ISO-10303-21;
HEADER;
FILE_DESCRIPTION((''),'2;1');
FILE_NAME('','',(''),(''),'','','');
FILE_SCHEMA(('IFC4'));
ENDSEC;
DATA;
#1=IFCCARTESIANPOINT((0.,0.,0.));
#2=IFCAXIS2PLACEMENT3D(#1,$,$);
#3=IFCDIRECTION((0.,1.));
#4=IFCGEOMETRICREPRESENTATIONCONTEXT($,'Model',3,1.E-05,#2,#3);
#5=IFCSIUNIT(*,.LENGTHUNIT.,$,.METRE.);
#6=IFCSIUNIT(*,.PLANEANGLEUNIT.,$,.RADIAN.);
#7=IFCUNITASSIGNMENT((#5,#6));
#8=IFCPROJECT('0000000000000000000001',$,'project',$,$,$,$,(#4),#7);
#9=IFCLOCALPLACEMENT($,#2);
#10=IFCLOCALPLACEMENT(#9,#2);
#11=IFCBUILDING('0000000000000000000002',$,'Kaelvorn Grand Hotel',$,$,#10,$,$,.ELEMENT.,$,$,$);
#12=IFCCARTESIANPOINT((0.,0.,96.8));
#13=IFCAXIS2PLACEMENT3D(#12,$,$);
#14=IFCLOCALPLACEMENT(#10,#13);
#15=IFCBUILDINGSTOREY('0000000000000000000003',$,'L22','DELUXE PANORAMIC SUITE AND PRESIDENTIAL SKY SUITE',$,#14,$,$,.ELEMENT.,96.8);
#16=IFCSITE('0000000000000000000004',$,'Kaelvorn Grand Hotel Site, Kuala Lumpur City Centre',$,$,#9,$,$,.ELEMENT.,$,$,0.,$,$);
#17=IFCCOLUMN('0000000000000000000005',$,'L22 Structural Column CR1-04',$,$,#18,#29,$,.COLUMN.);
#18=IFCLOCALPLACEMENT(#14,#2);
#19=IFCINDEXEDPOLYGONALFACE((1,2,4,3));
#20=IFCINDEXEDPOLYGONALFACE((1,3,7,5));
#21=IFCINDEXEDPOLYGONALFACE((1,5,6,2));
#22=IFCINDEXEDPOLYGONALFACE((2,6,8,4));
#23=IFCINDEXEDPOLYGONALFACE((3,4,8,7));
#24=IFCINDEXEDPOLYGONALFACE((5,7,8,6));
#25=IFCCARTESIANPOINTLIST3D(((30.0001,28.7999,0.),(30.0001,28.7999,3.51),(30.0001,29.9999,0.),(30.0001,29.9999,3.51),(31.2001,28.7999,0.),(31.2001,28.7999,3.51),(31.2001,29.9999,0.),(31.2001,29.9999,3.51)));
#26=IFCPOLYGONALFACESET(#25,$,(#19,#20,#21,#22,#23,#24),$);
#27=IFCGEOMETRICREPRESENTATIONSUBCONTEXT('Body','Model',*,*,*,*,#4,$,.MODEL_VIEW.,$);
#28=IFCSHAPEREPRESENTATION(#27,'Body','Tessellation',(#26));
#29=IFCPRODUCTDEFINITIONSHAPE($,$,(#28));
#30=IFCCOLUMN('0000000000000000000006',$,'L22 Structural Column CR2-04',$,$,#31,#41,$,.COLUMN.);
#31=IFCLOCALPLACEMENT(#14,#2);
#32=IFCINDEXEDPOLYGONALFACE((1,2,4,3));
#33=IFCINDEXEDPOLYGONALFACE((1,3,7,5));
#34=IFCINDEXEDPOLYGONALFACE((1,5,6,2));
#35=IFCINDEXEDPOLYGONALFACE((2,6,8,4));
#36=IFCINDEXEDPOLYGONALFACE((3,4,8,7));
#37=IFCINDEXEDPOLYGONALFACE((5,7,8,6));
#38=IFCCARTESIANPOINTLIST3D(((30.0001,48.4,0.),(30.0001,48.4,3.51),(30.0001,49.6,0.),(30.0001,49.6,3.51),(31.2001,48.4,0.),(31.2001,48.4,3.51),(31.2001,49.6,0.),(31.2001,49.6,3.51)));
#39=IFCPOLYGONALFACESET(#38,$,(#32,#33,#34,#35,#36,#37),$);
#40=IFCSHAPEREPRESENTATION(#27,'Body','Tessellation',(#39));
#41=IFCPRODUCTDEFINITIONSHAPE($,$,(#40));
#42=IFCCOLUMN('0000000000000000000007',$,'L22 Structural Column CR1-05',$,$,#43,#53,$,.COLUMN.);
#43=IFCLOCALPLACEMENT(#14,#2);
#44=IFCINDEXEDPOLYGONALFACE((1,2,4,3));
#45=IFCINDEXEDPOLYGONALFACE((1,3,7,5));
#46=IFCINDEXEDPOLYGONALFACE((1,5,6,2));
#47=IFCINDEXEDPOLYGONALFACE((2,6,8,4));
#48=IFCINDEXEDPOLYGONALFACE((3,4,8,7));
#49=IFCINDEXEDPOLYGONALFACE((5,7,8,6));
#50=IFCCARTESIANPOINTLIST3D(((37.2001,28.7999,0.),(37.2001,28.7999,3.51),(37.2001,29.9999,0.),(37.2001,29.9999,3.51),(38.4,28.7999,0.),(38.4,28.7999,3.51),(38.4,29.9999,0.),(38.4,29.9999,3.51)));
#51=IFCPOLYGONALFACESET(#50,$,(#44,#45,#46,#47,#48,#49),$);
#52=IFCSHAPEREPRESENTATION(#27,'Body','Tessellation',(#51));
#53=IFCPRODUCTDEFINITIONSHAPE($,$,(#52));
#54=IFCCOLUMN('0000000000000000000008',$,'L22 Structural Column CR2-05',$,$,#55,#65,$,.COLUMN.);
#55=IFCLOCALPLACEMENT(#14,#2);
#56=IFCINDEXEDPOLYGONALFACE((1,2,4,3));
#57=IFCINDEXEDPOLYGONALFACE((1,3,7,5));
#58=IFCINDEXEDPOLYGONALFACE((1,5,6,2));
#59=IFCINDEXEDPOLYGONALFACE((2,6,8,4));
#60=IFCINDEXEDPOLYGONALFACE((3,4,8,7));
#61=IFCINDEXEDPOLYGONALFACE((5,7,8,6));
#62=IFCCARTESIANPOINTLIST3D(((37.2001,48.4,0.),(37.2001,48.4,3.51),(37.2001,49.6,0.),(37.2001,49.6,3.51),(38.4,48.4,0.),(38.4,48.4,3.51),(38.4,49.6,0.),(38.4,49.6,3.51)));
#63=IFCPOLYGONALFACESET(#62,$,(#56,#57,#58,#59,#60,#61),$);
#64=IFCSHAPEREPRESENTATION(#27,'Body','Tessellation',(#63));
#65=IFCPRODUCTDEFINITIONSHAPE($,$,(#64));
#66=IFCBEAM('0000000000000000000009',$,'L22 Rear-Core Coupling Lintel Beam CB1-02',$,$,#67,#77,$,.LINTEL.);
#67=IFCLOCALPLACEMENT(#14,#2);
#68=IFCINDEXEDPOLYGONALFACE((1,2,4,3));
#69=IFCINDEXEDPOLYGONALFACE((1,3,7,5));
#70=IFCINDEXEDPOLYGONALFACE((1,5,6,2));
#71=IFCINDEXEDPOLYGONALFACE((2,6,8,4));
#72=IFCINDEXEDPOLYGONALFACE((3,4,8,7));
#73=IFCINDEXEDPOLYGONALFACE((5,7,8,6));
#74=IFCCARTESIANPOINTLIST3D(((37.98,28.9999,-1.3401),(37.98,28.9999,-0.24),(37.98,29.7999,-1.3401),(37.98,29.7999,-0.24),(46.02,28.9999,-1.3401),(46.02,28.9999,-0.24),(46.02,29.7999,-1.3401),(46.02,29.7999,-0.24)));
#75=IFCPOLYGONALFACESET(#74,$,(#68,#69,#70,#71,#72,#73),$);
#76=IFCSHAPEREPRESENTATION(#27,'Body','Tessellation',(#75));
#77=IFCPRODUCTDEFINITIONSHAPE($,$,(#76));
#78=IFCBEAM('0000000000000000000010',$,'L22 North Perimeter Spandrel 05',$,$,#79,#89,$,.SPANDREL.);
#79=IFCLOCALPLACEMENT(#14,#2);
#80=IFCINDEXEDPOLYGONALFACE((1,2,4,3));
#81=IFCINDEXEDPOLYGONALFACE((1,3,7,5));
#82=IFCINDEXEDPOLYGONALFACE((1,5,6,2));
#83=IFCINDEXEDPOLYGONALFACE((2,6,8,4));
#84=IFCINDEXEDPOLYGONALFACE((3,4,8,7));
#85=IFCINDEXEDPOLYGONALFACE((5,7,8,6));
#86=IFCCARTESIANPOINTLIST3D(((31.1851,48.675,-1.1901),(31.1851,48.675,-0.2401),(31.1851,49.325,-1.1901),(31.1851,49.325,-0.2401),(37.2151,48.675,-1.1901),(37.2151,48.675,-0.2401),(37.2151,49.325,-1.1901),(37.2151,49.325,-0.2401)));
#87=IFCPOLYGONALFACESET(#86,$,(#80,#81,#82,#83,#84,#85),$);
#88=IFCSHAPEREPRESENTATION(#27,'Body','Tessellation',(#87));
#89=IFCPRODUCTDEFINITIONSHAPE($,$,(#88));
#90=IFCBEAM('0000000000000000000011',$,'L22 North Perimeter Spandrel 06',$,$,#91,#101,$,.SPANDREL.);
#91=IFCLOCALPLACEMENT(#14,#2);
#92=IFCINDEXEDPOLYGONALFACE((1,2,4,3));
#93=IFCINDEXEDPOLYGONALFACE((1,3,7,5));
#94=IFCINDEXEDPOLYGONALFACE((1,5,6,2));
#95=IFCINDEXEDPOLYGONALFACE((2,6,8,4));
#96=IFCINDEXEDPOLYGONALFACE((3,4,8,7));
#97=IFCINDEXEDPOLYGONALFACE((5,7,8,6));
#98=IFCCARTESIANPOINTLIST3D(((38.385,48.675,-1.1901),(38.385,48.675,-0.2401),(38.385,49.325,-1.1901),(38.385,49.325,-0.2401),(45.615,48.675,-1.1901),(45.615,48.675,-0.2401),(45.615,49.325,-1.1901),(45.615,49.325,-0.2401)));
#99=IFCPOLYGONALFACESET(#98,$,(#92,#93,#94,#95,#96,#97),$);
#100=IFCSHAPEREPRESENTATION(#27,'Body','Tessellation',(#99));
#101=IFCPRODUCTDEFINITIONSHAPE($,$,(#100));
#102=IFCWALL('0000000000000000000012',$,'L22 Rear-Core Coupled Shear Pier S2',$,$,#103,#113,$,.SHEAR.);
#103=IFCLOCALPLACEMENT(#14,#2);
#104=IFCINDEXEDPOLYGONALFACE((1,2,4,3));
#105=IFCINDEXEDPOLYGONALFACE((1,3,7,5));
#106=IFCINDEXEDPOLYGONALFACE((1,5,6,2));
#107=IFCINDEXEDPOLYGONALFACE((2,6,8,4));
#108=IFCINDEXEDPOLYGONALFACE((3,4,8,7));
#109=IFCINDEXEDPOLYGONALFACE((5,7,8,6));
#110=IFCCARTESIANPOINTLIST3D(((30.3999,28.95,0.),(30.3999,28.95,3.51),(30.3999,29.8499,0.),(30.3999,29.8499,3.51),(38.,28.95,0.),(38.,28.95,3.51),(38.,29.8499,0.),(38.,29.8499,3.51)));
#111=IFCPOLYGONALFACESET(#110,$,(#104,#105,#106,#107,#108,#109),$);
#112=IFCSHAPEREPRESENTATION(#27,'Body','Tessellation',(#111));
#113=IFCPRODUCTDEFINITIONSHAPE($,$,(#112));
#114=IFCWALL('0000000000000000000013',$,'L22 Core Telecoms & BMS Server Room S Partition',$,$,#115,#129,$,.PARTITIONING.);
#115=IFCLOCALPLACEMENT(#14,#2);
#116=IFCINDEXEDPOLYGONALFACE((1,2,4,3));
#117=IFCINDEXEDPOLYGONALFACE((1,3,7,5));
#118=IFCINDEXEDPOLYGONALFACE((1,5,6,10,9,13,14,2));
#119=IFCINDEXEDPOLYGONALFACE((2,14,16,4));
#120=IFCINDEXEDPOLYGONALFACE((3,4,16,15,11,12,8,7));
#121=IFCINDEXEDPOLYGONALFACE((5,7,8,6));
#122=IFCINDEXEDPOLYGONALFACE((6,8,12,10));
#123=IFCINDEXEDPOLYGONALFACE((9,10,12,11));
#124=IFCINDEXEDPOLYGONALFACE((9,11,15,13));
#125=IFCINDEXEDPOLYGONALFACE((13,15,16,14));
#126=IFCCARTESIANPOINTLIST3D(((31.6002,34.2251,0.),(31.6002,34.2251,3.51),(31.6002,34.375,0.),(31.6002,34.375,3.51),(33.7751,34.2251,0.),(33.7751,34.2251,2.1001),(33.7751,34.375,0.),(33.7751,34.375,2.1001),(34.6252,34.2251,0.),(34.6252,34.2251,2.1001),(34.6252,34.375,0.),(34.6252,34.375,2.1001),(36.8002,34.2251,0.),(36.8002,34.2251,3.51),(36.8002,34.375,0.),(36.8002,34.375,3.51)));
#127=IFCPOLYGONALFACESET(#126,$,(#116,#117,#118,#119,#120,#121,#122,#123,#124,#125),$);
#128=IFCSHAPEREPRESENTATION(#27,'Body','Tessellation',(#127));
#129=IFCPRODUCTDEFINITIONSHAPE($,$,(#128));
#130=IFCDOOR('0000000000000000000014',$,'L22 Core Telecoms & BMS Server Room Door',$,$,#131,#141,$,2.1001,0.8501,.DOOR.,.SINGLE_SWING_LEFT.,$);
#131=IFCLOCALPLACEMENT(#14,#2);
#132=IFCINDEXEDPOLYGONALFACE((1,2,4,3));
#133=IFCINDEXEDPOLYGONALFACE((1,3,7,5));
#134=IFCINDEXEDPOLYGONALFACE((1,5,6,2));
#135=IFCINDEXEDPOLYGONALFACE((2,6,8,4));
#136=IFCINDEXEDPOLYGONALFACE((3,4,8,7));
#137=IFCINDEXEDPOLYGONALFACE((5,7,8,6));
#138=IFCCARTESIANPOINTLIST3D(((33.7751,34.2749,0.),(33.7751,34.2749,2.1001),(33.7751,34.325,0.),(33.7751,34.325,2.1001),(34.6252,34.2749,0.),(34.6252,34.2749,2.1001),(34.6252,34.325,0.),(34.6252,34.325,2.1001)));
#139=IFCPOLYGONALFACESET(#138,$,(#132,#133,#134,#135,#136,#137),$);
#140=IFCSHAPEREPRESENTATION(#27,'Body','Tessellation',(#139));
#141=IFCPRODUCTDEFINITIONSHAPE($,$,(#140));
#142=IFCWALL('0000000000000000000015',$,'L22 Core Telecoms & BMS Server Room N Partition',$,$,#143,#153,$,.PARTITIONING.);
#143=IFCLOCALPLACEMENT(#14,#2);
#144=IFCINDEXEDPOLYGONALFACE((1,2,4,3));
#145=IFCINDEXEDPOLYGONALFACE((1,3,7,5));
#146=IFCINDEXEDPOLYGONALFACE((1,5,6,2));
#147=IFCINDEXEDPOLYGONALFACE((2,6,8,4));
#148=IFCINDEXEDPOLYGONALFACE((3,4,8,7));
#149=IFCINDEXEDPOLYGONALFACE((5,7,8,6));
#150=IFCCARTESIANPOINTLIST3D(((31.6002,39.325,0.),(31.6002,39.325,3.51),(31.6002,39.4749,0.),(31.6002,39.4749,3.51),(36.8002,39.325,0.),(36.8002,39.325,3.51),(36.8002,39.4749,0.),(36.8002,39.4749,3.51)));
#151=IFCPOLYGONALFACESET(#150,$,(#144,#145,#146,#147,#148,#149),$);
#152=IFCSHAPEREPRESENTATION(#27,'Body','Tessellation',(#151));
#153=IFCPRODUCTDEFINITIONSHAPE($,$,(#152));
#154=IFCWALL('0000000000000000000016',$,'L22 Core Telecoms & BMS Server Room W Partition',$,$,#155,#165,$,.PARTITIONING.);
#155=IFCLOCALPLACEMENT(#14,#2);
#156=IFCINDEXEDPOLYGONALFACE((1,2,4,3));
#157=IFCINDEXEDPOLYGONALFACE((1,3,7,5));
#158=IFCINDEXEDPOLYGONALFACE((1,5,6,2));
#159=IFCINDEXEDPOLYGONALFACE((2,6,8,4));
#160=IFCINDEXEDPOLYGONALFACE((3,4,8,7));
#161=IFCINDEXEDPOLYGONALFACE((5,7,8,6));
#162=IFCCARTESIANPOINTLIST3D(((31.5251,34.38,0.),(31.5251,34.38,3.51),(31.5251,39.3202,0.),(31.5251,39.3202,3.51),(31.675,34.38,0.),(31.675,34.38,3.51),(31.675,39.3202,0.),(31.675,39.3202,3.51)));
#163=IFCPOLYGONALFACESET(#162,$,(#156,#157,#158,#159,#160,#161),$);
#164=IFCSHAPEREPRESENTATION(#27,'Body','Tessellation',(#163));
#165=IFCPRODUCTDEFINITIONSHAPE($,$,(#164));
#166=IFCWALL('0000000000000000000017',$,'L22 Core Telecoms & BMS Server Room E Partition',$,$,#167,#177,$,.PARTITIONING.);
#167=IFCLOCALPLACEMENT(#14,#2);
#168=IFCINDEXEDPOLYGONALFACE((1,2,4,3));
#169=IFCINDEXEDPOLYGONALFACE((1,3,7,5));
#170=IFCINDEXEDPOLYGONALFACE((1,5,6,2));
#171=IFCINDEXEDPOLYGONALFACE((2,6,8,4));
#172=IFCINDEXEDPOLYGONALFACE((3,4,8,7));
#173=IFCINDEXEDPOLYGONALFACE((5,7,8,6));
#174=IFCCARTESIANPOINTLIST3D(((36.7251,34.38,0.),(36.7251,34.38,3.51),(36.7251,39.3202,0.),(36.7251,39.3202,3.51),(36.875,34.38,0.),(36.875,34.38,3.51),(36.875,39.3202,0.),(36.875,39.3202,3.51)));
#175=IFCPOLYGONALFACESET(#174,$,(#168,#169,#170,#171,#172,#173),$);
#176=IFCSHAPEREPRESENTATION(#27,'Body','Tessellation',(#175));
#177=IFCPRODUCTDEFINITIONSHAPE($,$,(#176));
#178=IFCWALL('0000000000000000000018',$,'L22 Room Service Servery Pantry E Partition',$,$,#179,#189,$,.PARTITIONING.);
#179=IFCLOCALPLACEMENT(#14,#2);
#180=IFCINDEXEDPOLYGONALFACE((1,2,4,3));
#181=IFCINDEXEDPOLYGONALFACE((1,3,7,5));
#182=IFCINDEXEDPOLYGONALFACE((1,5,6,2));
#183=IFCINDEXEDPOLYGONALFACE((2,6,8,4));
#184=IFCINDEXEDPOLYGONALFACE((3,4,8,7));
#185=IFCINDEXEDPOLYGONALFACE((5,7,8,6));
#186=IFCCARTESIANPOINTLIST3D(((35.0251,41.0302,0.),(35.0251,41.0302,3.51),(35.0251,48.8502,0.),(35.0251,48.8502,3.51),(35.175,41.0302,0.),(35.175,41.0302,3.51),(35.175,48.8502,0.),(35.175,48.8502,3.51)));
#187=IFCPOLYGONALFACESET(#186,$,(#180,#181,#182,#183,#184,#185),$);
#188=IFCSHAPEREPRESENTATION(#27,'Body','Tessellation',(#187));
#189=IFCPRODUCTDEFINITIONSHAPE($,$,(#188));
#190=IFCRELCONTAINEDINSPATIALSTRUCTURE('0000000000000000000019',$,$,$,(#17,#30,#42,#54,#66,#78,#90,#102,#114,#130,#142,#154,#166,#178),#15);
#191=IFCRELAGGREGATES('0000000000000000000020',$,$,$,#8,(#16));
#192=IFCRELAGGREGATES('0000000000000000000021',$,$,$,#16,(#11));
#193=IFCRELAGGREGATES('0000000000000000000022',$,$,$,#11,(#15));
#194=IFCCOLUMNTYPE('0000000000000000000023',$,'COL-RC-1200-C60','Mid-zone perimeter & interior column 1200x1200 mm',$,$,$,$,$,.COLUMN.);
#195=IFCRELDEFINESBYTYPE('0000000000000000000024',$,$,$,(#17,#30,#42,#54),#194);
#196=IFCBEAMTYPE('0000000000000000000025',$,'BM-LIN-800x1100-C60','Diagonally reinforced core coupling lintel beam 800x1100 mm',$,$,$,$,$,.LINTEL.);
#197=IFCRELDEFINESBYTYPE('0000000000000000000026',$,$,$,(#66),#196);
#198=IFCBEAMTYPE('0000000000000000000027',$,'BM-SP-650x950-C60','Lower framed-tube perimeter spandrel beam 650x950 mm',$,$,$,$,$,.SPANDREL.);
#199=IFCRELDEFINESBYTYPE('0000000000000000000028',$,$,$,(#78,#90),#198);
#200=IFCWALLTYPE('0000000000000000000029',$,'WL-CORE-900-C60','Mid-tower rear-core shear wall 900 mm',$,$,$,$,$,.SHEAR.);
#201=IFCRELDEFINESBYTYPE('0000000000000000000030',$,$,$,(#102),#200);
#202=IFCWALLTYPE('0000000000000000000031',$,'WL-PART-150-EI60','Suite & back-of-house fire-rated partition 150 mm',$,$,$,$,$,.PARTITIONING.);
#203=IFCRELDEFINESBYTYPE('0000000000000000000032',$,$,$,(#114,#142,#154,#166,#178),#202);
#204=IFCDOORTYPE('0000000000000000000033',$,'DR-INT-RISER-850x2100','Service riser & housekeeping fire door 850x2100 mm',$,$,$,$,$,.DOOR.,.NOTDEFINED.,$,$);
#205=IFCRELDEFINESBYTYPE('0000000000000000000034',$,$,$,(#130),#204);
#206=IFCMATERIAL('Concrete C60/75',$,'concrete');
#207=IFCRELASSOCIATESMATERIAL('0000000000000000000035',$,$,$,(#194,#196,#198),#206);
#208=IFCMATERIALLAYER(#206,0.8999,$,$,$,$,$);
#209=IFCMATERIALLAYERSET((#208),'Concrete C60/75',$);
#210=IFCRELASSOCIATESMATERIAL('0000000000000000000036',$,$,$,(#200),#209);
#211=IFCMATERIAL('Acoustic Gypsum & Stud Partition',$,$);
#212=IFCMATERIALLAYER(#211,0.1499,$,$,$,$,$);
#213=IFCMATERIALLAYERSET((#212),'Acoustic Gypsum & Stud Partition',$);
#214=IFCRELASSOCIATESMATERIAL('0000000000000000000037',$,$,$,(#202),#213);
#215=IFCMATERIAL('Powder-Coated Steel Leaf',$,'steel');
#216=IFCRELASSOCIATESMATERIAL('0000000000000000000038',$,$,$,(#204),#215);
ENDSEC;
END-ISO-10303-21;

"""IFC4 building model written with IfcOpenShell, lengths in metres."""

from ifc_helpers import new_model, si_unit, direction, frame, frame_2d, origin, origin_2d, place, context, subcontext, project, spatial, rectangle, extrude, material, layer, layer_set, material_profile, profile_set, type_object, element, fill, save


model = new_model("IFC4")

# Units and contexts
model_context = context("Model", 3, precision=1e-05, world=origin(), true_north=direction((0.0, 1.0)))
body_context = subcontext(model_context, "Body", "Model", "MODEL_VIEW")
ifc_project = project(units=[si_unit("LENGTHUNIT", "METRE"), si_unit("PLANEANGLEUNIT", "RADIAN")], contexts=[model_context])

# Site, building, storey
site_placement = place(None, origin())
site = spatial("IfcSite", under=ifc_project, at=site_placement, Name="Kaelvorn Grand Hotel Site, Kuala Lumpur City Centre", CompositionType="ELEMENT", RefElevation=0.0)
building_placement = place(site_placement, origin())
building = spatial("IfcBuilding", under=site, at=building_placement, Name="Kaelvorn Grand Hotel", CompositionType="ELEMENT")
storey_placement = place(building_placement, frame((0.0, 0.0, 96.8)))
storey = spatial("IfcBuildingStorey", under=building, at=storey_placement, Name="L22", Description="DELUXE PANORAMIC SUITE AND PRESIDENTIAL SKY SUITE", CompositionType="ELEMENT", Elevation=96.8)

# Columns
ifc_material_1 = material(Name="Concrete C60/75", Category="concrete")
ifc_material_profile_1 = material_profile(ifc_material_1, rectangle(XDim=1.2, YDim=1.2, at=origin_2d()), Name="RC COL 1200x1200")
ifc_profile_set_1 = profile_set([ifc_material_profile_1], Name="Concrete C60/75")
column_type = type_object("IfcColumnType", Name="COL-RC-1200-C60", Description="Mid-zone perimeter & interior column 1200x1200 mm", PredefinedType="COLUMN", material=ifc_profile_set_1)
for number, where, z_axis, x_axis, name in (
    (1, (30.6001, 29.3999, 0.0), (0.0, 0.0, 1.0), (1.0, 0.0, 0.0), "L22 Structural Column CR1-04"),
    (2, (30.6001, 49.0, 0.0), (0.0, 0.0, 1.0), (1.0, 0.0, 0.0), "L22 Structural Column CR2-04"),
    (3, (37.8, 29.3999, 0.0), (0.0, 0.0, 1.0), (1.0, 0.0, 0.0), "L22 Structural Column CR1-05"),
    (4, (37.8, 49.0, 0.0), (0.0, 0.0, 1.0), (1.0, 0.0, 0.0), "L22 Structural Column CR2-05"),
):
    element("IfcColumn", number, at=place(storey_placement, frame(where, z_axis=z_axis, x_axis=x_axis)), inside=storey, type_object=column_type, Name=name, PredefinedType="COLUMN", context=body_context, shape_type="SweptSolid", body=[
        extrude(rectangle(XDim=1.2, YDim=1.2, at=origin_2d()), origin(), (0.0, 0.0, 1.0), 3.51),
    ])

# Beams
ifc_material_profile_2 = material_profile(ifc_material_1, rectangle(XDim=0.8, YDim=1.1001, at=origin_2d()), Name="RC LINTEL 800x1100")
ifc_profile_set_2 = profile_set([ifc_material_profile_2], Name="Concrete C60/75")
beam_type_1 = type_object("IfcBeamType", Name="BM-LIN-800x1100-C60", Description="Diagonally reinforced core coupling lintel beam 800x1100 mm", PredefinedType="LINTEL", material=ifc_profile_set_2)
beam_1_placement = place(storey_placement, frame((37.98, 29.3999, -0.79), z_axis=(1.0, 0.0, 0.0), x_axis=(0.0, 1.0, 0.0)))
element("IfcBeam", 5, at=beam_1_placement, inside=storey, type_object=beam_type_1, Name="L22 Rear-Core Coupling Lintel Beam CB1-02", PredefinedType="LINTEL", context=body_context, shape_type="SweptSolid", body=[
    extrude(rectangle(XDim=0.8, YDim=1.1001, at=origin_2d()), origin(), (0.0, 0.0, 1.0), 8.04),
])
ifc_material_profile_3 = material_profile(ifc_material_1, rectangle(XDim=0.6499, YDim=0.95, at=origin_2d()), Name="RC SPANDREL 650x950")
ifc_profile_set_3 = profile_set([ifc_material_profile_3], Name="Concrete C60/75")
beam_type_2 = type_object("IfcBeamType", Name="BM-SP-650x950-C60", Description="Lower framed-tube perimeter spandrel beam 650x950 mm", PredefinedType="SPANDREL", material=ifc_profile_set_3)
beam_2_placement = place(storey_placement, frame((31.1851, 49.0, -0.7151), z_axis=(1.0, 0.0, 0.0), x_axis=(0.0, 1.0, 0.0)))
element("IfcBeam", 6, at=beam_2_placement, inside=storey, type_object=beam_type_2, Name="L22 North Perimeter Spandrel 05", PredefinedType="SPANDREL", context=body_context, shape_type="SweptSolid", body=[
    extrude(rectangle(XDim=0.6499, YDim=0.95, at=origin_2d()), origin(), (0.0, 0.0, 1.0), 6.03),
])
beam_3_placement = place(storey_placement, frame((38.385, 49.0, -0.7151), z_axis=(1.0, 0.0, 0.0), x_axis=(0.0, 1.0, 0.0)))
element("IfcBeam", 7, at=beam_3_placement, inside=storey, type_object=beam_type_2, Name="L22 North Perimeter Spandrel 06", PredefinedType="SPANDREL", context=body_context, shape_type="SweptSolid", body=[
    extrude(rectangle(XDim=0.6499, YDim=0.95, at=origin_2d()), origin(), (0.0, 0.0, 1.0), 7.23),
])

# Wall
ifc_layer_1 = layer(ifc_material_1, 0.8999)
ifc_layer_set_1 = layer_set([ifc_layer_1], Name="Concrete C60/75")
wall_type_1 = type_object("IfcWallType", Name="WL-CORE-900-C60", Description="Mid-tower rear-core shear wall 900 mm", PredefinedType="SHEAR", material=ifc_layer_set_1)
wall_1_placement = place(storey_placement, frame((30.3999, 29.3999, 0.0), z_axis=(0.0, 0.0, 1.0), x_axis=(1.0, 0.0, 0.0)))
element("IfcWall", 8, at=wall_1_placement, inside=storey, type_object=wall_type_1, Name="L22 Rear-Core Coupled Shear Pier S2", PredefinedType="SHEAR", context=body_context, shape_type="SweptSolid", body=[
    extrude(rectangle(XDim=7.6001, YDim=0.8999, at=frame_2d((3.8, 0.0))), origin(), (0.0, 0.0, 1.0), 3.51),
])

# Wall, opening, door
ifc_material_2 = material(Name="Acoustic Gypsum & Stud Partition")
ifc_layer_2 = layer(ifc_material_2, 0.1499)
ifc_layer_set_2 = layer_set([ifc_layer_2], Name="Acoustic Gypsum & Stud Partition")
wall_type_2 = type_object("IfcWallType", Name="WL-PART-150-EI60", Description="Suite & back-of-house fire-rated partition 150 mm", PredefinedType="PARTITIONING", material=ifc_layer_set_2)
wall_2_placement = place(storey_placement, frame((31.6001, 34.3, 0.0), z_axis=(0.0, 0.0, 1.0), x_axis=(1.0, 0.0, 0.0)))
wall_2 = element("IfcWall", 9, at=wall_2_placement, inside=storey, type_object=wall_type_2, Name="L22 Core Telecoms & BMS Server Room S Partition", PredefinedType="PARTITIONING", context=body_context, shape_type="SweptSolid", body=[
    extrude(rectangle(XDim=5.2, YDim=0.1499, at=frame_2d((2.6001, 0.0))), origin(), (0.0, 0.0, 1.0), 3.51),
])
opening_1_placement = place(wall_2_placement, frame((2.175, 0.0, 0.0)))
opening_1 = element("IfcOpeningElement", 10, at=opening_1_placement, cuts=wall_2, PredefinedType="OPENING", context=body_context, shape_type="SweptSolid", body=[
    extrude(rectangle(XDim=0.8501, YDim=2.1001, at=frame_2d((0.425, 1.05))), frame((0.0, 0.085, 0.0), z_axis=(0.0, -1.0, 0.0), x_axis=(1.0, 0.0, 0.0)), (0.0, 0.0, 1.0), 0.1699),
])
ifc_material_3 = material(Name="Powder-Coated Steel Leaf", Category="steel")
door_type_1 = type_object("IfcDoorType", Name="DR-INT-RISER-850x2100", Description="Service riser & housekeeping fire door 850x2100 mm", OperationType="NOTDEFINED", PredefinedType="DOOR", material=ifc_material_3)
door_1_placement = place(opening_1_placement, origin())
door_1 = element("IfcDoor", 11, at=door_1_placement, inside=storey, type_object=door_type_1, Name="L22 Core Telecoms & BMS Server Room Door", OperationType="SINGLE_SWING_LEFT", OverallHeight=2.1001, OverallWidth=0.8501, PredefinedType="DOOR", context=body_context, shape_type="SweptSolid", body=[
    extrude(rectangle(XDim=0.8501, YDim=2.1001, at=frame_2d((0.425, 1.05))), frame((0.0, 0.0249, 0.0), z_axis=(0.0, -1.0, 0.0), x_axis=(1.0, 0.0, 0.0)), (0.0, 0.0, 1.0), 0.05),
])
fill(opening_1, door_1)

# Walls
wall_3_placement = place(storey_placement, frame((31.6001, 39.3999, 0.0), z_axis=(0.0, 0.0, 1.0), x_axis=(1.0, 0.0, 0.0)))
element("IfcWall", 12, at=wall_3_placement, inside=storey, type_object=wall_type_2, Name="L22 Core Telecoms & BMS Server Room N Partition", PredefinedType="PARTITIONING", context=body_context, shape_type="SweptSolid", body=[
    extrude(rectangle(XDim=5.2, YDim=0.1499, at=frame_2d((2.6001, 0.0))), origin(), (0.0, 0.0, 1.0), 3.51),
])
for number, where, z_axis, x_axis, name in (
    (13, (31.6001, 34.3799, 0.0), (0.0, 0.0, 1.0), (0.0, 1.0, 0.0), "L22 Core Telecoms & BMS Server Room W Partition"),
    (14, (36.8, 34.3799, 0.0), (0.0, 0.0, 1.0), (0.0, 1.0, 0.0), "L22 Core Telecoms & BMS Server Room E Partition"),
):
    element("IfcWall", number, at=place(storey_placement, frame(where, z_axis=z_axis, x_axis=x_axis)), inside=storey, type_object=wall_type_2, Name=name, PredefinedType="PARTITIONING", context=body_context, shape_type="SweptSolid", body=[
        extrude(rectangle(XDim=4.9402, YDim=0.1499, at=frame_2d((2.4702, 0.0))), origin(), (0.0, 0.0, 1.0), 3.51),
    ])
wall_4_placement = place(storey_placement, frame((35.1001, 41.03, 0.0), z_axis=(0.0, 0.0, 1.0), x_axis=(0.0, 1.0, 0.0)))
element("IfcWall", 15, at=wall_4_placement, inside=storey, type_object=wall_type_2, Name="L22 Room Service Servery Pantry E Partition", PredefinedType="PARTITIONING", context=body_context, shape_type="SweptSolid", body=[
    extrude(rectangle(XDim=7.8201, YDim=0.1499, at=frame_2d((3.9102, 0.0))), origin(), (0.0, 0.0, 1.0), 3.51),
])

save(model, "model.ifc")
